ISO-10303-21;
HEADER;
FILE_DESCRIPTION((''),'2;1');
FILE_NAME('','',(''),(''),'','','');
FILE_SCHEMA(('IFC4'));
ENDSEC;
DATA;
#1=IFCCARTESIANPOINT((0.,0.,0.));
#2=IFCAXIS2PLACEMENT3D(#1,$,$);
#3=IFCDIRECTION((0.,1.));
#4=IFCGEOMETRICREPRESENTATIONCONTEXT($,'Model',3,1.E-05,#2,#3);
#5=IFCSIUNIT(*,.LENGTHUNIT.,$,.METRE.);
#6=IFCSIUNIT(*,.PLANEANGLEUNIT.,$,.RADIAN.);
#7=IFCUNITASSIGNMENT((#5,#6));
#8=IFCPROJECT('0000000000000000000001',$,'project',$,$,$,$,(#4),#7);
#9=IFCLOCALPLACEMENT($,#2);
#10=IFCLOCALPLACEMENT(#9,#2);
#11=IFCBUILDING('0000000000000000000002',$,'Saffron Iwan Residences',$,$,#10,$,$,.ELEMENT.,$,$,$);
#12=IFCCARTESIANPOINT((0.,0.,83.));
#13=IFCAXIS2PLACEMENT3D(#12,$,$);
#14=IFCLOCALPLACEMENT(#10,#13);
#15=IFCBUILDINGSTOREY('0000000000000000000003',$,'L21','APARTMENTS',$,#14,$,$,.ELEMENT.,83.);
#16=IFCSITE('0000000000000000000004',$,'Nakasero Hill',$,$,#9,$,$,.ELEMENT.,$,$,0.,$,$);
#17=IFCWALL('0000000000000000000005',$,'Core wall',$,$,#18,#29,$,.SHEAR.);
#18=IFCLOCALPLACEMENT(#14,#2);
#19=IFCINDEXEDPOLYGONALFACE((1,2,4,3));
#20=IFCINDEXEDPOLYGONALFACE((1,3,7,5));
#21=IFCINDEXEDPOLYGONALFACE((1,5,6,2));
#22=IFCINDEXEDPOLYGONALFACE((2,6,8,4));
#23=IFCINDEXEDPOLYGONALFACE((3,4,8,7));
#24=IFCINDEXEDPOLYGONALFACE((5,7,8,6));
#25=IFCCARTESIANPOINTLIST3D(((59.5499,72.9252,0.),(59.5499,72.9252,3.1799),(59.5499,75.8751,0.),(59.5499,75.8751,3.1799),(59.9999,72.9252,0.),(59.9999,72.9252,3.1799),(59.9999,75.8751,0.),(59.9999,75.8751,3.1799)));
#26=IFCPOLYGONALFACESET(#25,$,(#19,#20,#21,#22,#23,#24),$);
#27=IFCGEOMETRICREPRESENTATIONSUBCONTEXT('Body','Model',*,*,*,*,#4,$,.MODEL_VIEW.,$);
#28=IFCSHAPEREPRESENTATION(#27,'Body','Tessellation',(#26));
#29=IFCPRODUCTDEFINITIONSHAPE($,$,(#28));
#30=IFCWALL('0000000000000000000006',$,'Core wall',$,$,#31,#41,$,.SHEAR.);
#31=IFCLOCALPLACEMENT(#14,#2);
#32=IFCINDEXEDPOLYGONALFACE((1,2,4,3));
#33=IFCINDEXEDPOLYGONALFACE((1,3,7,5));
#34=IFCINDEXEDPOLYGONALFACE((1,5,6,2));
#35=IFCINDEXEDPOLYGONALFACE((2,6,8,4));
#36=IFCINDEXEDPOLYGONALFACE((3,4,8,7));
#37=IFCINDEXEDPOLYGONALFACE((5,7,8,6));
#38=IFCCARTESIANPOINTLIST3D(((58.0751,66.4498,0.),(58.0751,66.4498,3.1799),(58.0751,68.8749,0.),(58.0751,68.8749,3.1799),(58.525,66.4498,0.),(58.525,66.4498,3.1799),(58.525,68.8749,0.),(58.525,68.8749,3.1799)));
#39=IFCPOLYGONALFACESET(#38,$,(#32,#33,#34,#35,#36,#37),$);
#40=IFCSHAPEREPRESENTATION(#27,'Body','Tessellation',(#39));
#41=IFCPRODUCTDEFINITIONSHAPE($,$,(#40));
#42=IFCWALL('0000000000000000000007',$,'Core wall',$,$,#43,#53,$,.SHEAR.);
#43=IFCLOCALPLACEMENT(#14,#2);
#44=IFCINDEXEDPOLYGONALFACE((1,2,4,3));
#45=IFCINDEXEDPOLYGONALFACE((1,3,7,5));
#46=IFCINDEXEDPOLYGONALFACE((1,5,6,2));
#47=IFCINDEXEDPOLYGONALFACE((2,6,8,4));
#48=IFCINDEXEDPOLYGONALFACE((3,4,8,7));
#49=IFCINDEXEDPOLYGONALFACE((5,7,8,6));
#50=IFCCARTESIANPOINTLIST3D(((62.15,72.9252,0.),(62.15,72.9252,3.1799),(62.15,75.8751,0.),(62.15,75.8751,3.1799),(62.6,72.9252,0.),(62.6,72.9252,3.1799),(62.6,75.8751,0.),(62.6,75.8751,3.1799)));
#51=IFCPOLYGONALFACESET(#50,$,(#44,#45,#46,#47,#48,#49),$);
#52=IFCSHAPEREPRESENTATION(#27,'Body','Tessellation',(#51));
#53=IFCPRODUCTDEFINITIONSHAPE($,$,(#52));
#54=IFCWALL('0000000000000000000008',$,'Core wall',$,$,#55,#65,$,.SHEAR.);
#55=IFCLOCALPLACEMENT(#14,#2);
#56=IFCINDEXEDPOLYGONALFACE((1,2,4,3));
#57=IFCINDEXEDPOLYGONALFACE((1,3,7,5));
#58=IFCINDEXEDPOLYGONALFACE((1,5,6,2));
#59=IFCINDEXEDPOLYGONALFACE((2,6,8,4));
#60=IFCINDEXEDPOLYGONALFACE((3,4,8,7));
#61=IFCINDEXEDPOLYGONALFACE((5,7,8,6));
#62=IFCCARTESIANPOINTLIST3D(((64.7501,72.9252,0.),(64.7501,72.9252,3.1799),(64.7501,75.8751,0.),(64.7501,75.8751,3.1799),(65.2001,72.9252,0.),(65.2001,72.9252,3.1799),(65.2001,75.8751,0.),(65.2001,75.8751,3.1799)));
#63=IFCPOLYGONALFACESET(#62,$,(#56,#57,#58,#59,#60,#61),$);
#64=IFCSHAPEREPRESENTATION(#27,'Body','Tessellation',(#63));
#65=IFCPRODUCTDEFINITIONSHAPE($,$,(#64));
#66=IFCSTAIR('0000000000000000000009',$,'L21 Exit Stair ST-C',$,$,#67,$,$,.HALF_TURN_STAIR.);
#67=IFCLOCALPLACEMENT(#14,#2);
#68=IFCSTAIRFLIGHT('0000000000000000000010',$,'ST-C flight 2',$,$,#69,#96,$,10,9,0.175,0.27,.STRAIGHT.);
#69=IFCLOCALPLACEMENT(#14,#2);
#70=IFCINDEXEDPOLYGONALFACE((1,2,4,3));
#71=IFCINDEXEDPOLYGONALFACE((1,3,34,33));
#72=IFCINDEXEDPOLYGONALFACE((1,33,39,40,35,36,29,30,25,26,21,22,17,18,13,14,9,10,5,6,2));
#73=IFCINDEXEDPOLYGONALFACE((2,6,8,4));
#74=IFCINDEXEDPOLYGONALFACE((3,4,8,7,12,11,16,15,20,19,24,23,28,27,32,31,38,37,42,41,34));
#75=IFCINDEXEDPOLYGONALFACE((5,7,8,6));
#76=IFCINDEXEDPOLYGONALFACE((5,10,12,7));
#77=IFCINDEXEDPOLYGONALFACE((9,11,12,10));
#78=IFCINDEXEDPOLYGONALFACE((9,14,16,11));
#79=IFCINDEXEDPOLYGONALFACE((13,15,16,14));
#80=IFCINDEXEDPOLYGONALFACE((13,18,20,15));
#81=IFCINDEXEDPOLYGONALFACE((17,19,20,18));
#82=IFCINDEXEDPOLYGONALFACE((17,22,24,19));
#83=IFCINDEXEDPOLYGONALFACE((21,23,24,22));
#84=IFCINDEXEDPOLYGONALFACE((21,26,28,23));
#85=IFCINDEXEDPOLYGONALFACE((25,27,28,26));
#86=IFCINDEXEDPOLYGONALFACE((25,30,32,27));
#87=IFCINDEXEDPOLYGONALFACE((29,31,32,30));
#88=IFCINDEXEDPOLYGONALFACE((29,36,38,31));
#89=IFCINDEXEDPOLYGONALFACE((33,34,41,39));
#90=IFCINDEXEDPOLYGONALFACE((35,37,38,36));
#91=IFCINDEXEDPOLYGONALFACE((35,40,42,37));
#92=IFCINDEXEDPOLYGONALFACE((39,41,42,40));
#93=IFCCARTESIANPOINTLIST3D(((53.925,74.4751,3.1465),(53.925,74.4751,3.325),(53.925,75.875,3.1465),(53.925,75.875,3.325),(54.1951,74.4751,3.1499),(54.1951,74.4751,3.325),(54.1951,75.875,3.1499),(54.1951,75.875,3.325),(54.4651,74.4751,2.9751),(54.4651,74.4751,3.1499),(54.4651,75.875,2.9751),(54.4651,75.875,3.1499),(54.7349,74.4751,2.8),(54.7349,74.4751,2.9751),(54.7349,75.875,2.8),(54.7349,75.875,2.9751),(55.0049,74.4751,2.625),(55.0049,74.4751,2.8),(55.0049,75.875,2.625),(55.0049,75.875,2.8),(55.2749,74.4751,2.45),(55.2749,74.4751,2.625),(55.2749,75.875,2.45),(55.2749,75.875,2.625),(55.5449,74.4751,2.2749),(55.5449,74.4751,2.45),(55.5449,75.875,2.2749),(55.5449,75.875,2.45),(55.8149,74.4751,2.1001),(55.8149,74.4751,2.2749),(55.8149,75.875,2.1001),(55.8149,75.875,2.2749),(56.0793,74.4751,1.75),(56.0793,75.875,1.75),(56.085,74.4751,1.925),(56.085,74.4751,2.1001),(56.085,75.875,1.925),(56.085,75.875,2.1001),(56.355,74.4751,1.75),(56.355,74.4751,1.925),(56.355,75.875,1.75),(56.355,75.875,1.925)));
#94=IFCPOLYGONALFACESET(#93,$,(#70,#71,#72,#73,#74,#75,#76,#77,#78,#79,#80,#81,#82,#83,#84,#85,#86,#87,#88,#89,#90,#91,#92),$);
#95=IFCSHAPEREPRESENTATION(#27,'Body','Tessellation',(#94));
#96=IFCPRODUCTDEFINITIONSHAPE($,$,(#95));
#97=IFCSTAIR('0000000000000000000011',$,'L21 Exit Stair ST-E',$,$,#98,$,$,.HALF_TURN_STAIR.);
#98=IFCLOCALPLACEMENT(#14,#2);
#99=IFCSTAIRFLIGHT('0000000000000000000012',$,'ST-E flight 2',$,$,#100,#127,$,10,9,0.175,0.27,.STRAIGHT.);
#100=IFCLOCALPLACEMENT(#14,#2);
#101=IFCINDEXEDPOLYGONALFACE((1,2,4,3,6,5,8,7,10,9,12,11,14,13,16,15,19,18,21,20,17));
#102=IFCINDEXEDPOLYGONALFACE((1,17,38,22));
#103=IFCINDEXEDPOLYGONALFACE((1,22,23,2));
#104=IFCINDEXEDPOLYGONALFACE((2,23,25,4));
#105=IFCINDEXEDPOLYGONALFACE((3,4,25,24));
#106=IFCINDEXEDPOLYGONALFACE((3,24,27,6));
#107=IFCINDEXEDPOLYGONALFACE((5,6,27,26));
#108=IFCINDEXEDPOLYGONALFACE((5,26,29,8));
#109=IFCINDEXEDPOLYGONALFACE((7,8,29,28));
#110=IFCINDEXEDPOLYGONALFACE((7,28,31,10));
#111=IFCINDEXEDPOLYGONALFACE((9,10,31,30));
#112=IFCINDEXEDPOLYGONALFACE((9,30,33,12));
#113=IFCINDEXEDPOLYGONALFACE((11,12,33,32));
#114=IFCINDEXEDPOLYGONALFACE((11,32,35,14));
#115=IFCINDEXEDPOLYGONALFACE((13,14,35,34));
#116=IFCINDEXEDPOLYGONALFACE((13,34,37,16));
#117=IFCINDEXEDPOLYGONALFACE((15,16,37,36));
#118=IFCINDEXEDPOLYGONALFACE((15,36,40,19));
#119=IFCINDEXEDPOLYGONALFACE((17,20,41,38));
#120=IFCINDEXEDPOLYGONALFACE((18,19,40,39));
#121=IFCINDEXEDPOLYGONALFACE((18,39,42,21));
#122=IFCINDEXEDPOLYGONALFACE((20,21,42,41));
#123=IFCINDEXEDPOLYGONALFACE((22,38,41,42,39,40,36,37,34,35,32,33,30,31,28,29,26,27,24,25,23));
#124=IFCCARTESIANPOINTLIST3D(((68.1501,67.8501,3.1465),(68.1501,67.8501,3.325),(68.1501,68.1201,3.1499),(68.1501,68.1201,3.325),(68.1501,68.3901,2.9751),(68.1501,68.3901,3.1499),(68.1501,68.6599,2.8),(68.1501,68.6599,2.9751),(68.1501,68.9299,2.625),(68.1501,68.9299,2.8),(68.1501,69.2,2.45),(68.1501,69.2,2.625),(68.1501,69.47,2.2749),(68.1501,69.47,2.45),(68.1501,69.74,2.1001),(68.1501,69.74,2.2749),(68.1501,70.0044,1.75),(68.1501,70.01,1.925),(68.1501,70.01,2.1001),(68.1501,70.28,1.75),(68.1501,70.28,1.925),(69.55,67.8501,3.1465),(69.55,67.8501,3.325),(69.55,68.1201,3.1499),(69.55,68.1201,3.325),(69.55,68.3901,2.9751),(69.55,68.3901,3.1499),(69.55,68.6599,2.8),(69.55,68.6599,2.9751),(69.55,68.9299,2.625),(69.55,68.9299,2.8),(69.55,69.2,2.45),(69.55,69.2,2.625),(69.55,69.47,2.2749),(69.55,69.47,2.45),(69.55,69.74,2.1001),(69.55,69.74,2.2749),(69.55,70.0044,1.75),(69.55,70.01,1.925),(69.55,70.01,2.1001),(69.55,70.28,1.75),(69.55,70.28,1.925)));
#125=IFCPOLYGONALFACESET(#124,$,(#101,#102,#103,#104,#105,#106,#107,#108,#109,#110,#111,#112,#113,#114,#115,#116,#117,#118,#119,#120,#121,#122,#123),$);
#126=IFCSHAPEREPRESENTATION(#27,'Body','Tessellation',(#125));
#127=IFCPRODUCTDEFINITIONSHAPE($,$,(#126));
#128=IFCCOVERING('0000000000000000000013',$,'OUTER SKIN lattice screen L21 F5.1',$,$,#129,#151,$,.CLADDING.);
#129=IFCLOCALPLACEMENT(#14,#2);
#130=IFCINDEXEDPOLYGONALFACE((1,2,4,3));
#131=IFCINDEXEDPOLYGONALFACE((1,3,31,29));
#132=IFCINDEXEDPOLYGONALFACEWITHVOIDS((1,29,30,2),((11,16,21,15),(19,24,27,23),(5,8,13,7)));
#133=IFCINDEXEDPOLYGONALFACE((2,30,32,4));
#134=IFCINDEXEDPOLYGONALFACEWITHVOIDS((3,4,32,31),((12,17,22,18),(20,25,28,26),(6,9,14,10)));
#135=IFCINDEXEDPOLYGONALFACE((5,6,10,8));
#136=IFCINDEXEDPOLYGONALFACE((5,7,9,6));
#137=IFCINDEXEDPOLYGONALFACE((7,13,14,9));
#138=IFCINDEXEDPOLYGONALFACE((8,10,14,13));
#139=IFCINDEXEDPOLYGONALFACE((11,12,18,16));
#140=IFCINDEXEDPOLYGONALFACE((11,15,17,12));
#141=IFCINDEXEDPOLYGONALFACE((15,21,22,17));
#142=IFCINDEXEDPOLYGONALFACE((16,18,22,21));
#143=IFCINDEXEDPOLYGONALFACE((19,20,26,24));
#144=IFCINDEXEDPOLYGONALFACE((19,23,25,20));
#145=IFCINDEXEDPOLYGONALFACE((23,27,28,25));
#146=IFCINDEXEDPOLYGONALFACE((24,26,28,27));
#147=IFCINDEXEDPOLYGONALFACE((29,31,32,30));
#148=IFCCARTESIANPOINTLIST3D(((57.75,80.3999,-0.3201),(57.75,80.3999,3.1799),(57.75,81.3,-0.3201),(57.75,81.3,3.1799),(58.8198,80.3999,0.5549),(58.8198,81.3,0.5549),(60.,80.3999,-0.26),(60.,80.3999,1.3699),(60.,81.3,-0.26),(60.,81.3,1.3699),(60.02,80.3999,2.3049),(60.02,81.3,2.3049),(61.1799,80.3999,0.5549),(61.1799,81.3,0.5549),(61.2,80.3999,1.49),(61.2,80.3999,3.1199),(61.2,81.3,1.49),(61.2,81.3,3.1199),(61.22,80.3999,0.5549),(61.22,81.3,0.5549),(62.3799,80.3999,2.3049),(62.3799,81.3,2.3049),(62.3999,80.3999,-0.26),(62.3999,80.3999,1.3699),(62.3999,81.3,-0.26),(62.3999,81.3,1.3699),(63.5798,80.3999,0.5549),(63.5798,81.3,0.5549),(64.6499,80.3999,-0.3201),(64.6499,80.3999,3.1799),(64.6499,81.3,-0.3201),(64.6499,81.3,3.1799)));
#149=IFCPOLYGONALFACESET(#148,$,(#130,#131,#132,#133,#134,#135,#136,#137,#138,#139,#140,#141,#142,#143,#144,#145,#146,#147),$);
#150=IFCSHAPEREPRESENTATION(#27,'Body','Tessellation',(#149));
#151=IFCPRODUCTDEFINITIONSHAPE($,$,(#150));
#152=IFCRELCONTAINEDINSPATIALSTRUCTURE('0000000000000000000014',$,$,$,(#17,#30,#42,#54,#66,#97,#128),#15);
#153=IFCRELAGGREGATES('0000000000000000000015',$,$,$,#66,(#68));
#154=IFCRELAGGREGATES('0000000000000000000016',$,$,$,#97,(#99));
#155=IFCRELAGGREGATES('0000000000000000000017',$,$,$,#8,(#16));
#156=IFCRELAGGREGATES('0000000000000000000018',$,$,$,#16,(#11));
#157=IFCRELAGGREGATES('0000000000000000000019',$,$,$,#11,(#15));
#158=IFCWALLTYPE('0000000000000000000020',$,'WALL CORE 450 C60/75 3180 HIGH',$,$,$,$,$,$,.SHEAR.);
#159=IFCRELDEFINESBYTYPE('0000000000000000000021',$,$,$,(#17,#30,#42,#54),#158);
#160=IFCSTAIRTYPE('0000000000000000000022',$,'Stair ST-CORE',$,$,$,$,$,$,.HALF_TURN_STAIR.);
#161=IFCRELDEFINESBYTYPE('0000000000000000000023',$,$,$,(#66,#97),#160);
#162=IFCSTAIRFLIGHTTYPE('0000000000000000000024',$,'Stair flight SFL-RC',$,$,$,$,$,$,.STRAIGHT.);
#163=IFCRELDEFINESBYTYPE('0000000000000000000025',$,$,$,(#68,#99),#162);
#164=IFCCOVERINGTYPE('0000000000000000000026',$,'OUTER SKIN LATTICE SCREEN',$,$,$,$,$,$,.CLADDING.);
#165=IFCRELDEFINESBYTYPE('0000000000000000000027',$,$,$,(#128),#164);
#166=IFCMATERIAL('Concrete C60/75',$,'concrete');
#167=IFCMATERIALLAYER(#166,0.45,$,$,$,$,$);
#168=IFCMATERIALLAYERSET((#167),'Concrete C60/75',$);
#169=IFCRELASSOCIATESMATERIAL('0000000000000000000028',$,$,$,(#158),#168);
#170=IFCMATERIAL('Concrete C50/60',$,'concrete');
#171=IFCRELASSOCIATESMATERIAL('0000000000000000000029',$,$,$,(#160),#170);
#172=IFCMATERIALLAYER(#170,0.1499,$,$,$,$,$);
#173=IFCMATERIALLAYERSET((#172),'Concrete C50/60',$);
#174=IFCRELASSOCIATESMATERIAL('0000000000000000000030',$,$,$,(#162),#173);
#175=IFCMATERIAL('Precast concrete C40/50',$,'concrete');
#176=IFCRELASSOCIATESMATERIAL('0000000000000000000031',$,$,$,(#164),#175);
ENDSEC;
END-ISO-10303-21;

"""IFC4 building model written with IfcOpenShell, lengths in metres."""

from ifc_helpers import new_model, si_unit, direction, frame, frame_2d, origin, place, context, subcontext, project, spatial, polyline, rectangle, outline, extrude, material, layer, layer_set, type_object, element, aggregate, save


model = new_model("IFC4")

# Units and contexts
model_context = context("Model", 3, precision=1e-05, world=origin(), true_north=direction((0.0, 1.0)))
body_context = subcontext(model_context, "Body", "Model", "MODEL_VIEW")
ifc_project = project(units=[si_unit("LENGTHUNIT", "METRE"), si_unit("PLANEANGLEUNIT", "RADIAN")], contexts=[model_context])

# Site, building, storey
site_placement = place(None, origin())
site = spatial("IfcSite", under=ifc_project, at=site_placement, Name="Nakasero Hill", CompositionType="ELEMENT", RefElevation=0.0)
building_placement = place(site_placement, origin())
building = spatial("IfcBuilding", under=site, at=building_placement, Name="Saffron Iwan Residences", CompositionType="ELEMENT")
storey_placement = place(building_placement, frame((0.0, 0.0, 83.0)))
storey = spatial("IfcBuildingStorey", under=building, at=storey_placement, Name="L21", Description="APARTMENTS", CompositionType="ELEMENT", Elevation=83.0)

# Shared definitions
ifc_material_1 = material(Name="Concrete C60/75", Category="concrete")

# Shared definitions
ifc_layer_1 = layer(ifc_material_1, 0.45)
ifc_layer_set_1 = layer_set([ifc_layer_1], Name="Concrete C60/75")
wall_type_1 = type_object("IfcWallType", Name="WALL CORE 450 C60/75 3180 HIGH", PredefinedType="SHEAR", material=ifc_layer_set_1)

# Walls
wall_1_placement = place(storey_placement, frame((59.7749, 72.925, 0.0), z_axis=(0.0, 0.0, 1.0), x_axis=(0.0, 1.0, 0.0)))
element("IfcWall", 1, at=wall_1_placement, inside=storey, type_object=wall_type_1, Name="Core wall", PredefinedType="SHEAR", context=body_context, shape_type="SweptSolid", body=[
    extrude(rectangle(XDim=2.95, YDim=0.45, at=frame_2d((1.4751, 0.0))), origin(), (0.0, 0.0, 1.0), 3.1799),
])
wall_2_placement = place(storey_placement, frame((58.3, 66.45, 0.0), z_axis=(0.0, 0.0, 1.0), x_axis=(0.0, 1.0, 0.0)))
element("IfcWall", 2, at=wall_2_placement, inside=storey, type_object=wall_type_1, Name="Core wall", PredefinedType="SHEAR", context=body_context, shape_type="SweptSolid", body=[
    extrude(rectangle(XDim=2.425, YDim=0.45, at=frame_2d((1.2124, 0.0))), origin(), (0.0, 0.0, 1.0), 3.1799),
])
for number, where, z_axis, x_axis, name in (
    (3, (62.375, 72.925, 0.0), (0.0, 0.0, 1.0), (0.0, 1.0, 0.0), "Core wall"),
    (4, (64.9751, 72.925, 0.0), (0.0, 0.0, 1.0), (0.0, 1.0, 0.0), "Core wall"),
):
    element("IfcWall", number, at=place(storey_placement, frame(where, z_axis=z_axis, x_axis=x_axis)), inside=storey, type_object=wall_type_1, Name=name, PredefinedType="SHEAR", context=body_context, shape_type="SweptSolid", body=[
        extrude(rectangle(XDim=2.95, YDim=0.45, at=frame_2d((1.4751, 0.0))), origin(), (0.0, 0.0, 1.0), 3.1799),
    ])

# Stairs, stair flights
ifc_material_2 = material(Name="Concrete C50/60", Category="concrete")
stair_type = type_object("IfcStairType", Name="Stair ST-CORE", PredefinedType="HALF_TURN_STAIR", material=ifc_material_2)
stair_1_placement = place(storey_placement, origin())
stair_1 = element("IfcStair", 5, at=stair_1_placement, inside=storey, type_object=stair_type, Name="L21 Exit Stair ST-C", PredefinedType="HALF_TURN_STAIR")
ifc_layer_2 = layer(ifc_material_2, 0.1499)
ifc_layer_set_2 = layer_set([ifc_layer_2], Name="Concrete C50/60")
stair_flight_type = type_object("IfcStairFlightType", Name="Stair flight SFL-RC", PredefinedType="STRAIGHT", material=ifc_layer_set_2)
stair_flight_1_placement = place(storey_placement, frame((56.355, 75.175, 1.75), z_axis=(0.0, 0.0, 1.0), x_axis=(-1.0, 0.0, 0.0)))
stair_flight_1 = element("IfcStairFlight", 6, at=stair_flight_1_placement, type_object=stair_flight_type, Name="ST-C flight 2", NumberOfRisers=10, NumberOfTreads=9, PredefinedType="STRAIGHT", RiserHeight=0.175, TreadLength=0.27, context=body_context, shape_type="SweptSolid", body=[
    extrude(outline(polyline([(0.0, 0.0), (0.0, 0.175), (0.27, 0.175), (0.27, 0.3501), (0.54, 0.3501), (0.54, 0.5249), (0.8101, 0.5249), (0.8101, 0.7), (1.0801, 0.7), (1.0801, 0.875), (1.3501, 0.875), (1.3501, 1.05), (1.6201, 1.05), (1.6201, 1.2251), (1.8899, 1.2251), (1.8899, 1.3999), (2.1599, 1.3999), (2.1599, 1.575), (2.4299, 1.575), (2.4299, 1.75), (2.4299, 1.3965), (0.2756, 0.0), (0.0, 0.0)])), frame((0.0, 0.7, 0.0), z_axis=(0.0, -1.0, 0.0), x_axis=(1.0, 0.0, 0.0)), (0.0, 0.0, 1.0), 1.3999),
])
aggregate(stair_1, [stair_flight_1])
stair_2_placement = place(storey_placement, origin())
stair_2 = element("IfcStair", 7, at=stair_2_placement, inside=storey, type_object=stair_type, Name="L21 Exit Stair ST-E", PredefinedType="HALF_TURN_STAIR")
stair_flight_2_placement = place(storey_placement, frame((68.8501, 70.28, 1.75), z_axis=(0.0, 0.0, 1.0), x_axis=(0.0, -1.0, 0.0)))
stair_flight_2 = element("IfcStairFlight", 8, at=stair_flight_2_placement, type_object=stair_flight_type, Name="ST-E flight 2", NumberOfRisers=10, NumberOfTreads=9, PredefinedType="STRAIGHT", RiserHeight=0.175, TreadLength=0.27, context=body_context, shape_type="SweptSolid", body=[
    extrude(outline(polyline([(0.0, 0.0), (0.0, 0.175), (0.27, 0.175), (0.27, 0.3501), (0.54, 0.3501), (0.54, 0.5249), (0.8101, 0.5249), (0.8101, 0.7), (1.0801, 0.7), (1.0801, 0.875), (1.3501, 0.875), (1.3501, 1.05), (1.6201, 1.05), (1.6201, 1.2251), (1.8899, 1.2251), (1.8899, 1.3999), (2.1599, 1.3999), (2.1599, 1.575), (2.4299, 1.575), (2.4299, 1.75), (2.4299, 1.3965), (0.2756, 0.0), (0.0, 0.0)])), frame((0.0, 0.7, 0.0), z_axis=(0.0, -1.0, 0.0), x_axis=(1.0, 0.0, 0.0)), (0.0, 0.0, 1.0), 1.3999),
])
aggregate(stair_2, [stair_flight_2])

# Covering
ifc_material_3 = material(Name="Precast concrete C40/50", Category="concrete")
covering_type_1 = type_object("IfcCoveringType", Name="OUTER SKIN LATTICE SCREEN", PredefinedType="CLADDING", material=ifc_material_3)
covering_placement = place(storey_placement, frame((64.6499, 80.3999, -0.3201), z_axis=(0.0, 1.0, 0.0), x_axis=(-1.0, 0.0, 0.0)))
element("IfcCovering", 9, at=covering_placement, inside=storey, type_object=covering_type_1, Name="OUTER SKIN lattice screen L21 F5.1", PredefinedType="CLADDING", context=body_context, shape_type="SweptSolid", body=[
    extrude(outline(polyline([(0.0, 0.0), (6.8999, 0.0), (6.8999, 3.5), (0.0, 3.5), (0.0, 0.0)]), holes=[polyline([(1.0701, 0.875), (2.25, 0.0601), (3.4299, 0.875), (2.25, 1.6899), (1.0701, 0.875)]), polyline([(3.47, 0.875), (4.6499, 0.0601), (5.8301, 0.875), (4.6499, 1.6899), (3.47, 0.875)]), polyline([(2.27, 2.625), (3.45, 1.8101), (4.6299, 2.625), (3.45, 3.4399), (2.27, 2.625)])]), origin(), (0.0, 0.0, 1.0), 0.9001),
])

save(model, "model.ifc")
